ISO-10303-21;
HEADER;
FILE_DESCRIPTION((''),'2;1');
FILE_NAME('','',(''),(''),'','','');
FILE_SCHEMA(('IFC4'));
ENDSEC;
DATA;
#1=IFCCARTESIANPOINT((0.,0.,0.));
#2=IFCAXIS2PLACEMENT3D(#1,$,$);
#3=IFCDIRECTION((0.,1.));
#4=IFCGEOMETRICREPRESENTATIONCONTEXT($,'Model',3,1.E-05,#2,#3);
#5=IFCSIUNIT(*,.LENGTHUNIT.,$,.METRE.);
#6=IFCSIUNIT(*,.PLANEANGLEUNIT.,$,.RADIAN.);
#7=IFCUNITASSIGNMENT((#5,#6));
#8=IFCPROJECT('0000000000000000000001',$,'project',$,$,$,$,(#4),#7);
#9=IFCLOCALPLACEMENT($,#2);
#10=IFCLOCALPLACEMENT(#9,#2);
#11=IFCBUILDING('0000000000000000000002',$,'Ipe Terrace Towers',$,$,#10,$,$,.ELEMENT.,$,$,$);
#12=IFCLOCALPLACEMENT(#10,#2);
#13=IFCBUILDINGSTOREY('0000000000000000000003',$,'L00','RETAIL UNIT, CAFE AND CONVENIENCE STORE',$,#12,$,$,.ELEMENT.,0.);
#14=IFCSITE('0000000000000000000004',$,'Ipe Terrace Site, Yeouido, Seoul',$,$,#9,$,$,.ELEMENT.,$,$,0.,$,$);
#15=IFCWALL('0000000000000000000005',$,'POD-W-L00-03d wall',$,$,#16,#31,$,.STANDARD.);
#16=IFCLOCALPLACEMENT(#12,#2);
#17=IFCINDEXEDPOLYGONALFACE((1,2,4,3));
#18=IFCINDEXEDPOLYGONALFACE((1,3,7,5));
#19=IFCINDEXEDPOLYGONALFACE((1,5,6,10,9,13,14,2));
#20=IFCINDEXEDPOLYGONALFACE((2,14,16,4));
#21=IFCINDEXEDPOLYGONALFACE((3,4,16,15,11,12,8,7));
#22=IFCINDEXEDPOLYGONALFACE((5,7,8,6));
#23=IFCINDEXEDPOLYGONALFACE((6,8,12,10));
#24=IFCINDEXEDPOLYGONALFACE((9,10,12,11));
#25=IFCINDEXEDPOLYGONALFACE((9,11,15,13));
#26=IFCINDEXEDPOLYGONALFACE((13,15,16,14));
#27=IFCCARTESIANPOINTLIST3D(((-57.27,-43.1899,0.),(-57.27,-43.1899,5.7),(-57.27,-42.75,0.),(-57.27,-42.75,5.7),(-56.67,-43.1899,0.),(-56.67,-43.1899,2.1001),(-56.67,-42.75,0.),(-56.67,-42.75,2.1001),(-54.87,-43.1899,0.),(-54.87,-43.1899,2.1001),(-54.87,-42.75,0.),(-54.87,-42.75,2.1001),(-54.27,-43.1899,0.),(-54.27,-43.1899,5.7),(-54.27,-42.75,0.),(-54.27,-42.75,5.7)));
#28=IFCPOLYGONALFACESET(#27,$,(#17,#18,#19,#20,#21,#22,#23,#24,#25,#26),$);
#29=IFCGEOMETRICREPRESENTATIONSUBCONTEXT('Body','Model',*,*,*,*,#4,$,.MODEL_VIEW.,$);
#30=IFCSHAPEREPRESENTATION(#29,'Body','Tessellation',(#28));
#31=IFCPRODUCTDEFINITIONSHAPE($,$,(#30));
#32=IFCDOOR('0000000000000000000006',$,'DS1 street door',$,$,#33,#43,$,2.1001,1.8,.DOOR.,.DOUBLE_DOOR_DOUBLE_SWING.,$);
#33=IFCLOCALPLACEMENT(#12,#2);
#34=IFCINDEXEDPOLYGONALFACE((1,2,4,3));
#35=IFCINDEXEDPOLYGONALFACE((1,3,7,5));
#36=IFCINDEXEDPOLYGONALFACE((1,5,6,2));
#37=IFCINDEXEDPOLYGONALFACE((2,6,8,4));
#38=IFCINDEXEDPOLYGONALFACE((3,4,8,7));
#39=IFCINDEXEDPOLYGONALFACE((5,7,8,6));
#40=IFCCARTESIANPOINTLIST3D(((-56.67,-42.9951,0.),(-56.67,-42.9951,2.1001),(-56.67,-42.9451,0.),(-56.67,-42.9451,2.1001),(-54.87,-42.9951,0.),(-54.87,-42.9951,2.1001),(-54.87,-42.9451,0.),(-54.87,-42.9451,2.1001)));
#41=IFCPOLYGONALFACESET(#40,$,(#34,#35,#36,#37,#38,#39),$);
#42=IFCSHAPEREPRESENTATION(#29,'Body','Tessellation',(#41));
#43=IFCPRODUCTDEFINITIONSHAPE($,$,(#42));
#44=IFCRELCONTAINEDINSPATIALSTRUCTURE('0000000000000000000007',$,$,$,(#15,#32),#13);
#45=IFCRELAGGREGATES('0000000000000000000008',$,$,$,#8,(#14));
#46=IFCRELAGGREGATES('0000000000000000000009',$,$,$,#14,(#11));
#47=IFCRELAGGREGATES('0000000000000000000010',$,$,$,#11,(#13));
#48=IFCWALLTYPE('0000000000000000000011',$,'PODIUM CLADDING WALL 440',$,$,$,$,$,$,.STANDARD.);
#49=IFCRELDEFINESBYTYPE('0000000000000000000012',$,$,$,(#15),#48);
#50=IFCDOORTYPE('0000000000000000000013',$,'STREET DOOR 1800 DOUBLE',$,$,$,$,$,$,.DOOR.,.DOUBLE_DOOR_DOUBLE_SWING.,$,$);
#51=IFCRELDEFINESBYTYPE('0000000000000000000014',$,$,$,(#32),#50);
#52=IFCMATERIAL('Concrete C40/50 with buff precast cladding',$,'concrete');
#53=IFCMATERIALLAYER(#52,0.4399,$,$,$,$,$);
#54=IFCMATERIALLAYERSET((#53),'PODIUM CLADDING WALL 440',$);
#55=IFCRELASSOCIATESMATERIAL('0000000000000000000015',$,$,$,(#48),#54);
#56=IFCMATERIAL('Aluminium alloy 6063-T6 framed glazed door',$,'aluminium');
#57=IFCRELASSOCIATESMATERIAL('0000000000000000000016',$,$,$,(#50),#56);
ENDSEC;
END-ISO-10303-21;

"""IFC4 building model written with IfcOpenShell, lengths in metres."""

from ifc_helpers import new_model, si_unit, direction, frame, frame_2d, origin, place, context, subcontext, project, spatial, rectangle, extrude, material, layer, layer_set, type_object, element, fill, save


model = new_model("IFC4")

# Units and contexts
model_context = context("Model", 3, precision=1e-05, world=origin(), true_north=direction((0.0, 1.0)))
body_context = subcontext(model_context, "Body", "Model", "MODEL_VIEW")
ifc_project = project(units=[si_unit("LENGTHUNIT", "METRE"), si_unit("PLANEANGLEUNIT", "RADIAN")], contexts=[model_context])

# Site, building, storey
site_placement = place(None, origin())
site = spatial("IfcSite", under=ifc_project, at=site_placement, Name="Ipe Terrace Site, Yeouido, Seoul", CompositionType="ELEMENT", RefElevation=0.0)
building_placement = place(site_placement, origin())
building = spatial("IfcBuilding", under=site, at=building_placement, Name="Ipe Terrace Towers", CompositionType="ELEMENT")
storey_placement = place(building_placement, origin())
storey = spatial("IfcBuildingStorey", under=building, at=storey_placement, Name="L00", Description="RETAIL UNIT, CAFE AND CONVENIENCE STORE", CompositionType="ELEMENT", Elevation=0.0)

# Wall, opening, door
ifc_material_1 = material(Name="Concrete C40/50 with buff precast cladding", Category="concrete")
ifc_layer_1 = layer(ifc_material_1, 0.4399)
ifc_layer_set_1 = layer_set([ifc_layer_1], Name="PODIUM CLADDING WALL 440")
wall_type_1 = type_object("IfcWallType", Name="PODIUM CLADDING WALL 440", PredefinedType="STANDARD", material=ifc_layer_set_1)
wall_1_placement = place(storey_placement, frame((-57.27, -42.97, 0.0), z_axis=(0.0, 0.0, 1.0), x_axis=(1.0, 0.0, 0.0)))
wall_1 = element("IfcWall", 1, at=wall_1_placement, inside=storey, type_object=wall_type_1, Name="POD-W-L00-03d wall", PredefinedType="STANDARD", context=body_context, shape_type="SweptSolid", body=[
    extrude(rectangle(XDim=3.0, YDim=0.4399, at=frame_2d((1.5, 0.0))), origin(), (0.0, 0.0, 1.0), 5.7),
])
opening_1_placement = place(wall_1_placement, frame((0.6001, 0.0, 0.0)))
opening_1 = element("IfcOpeningElement", 2, at=opening_1_placement, cuts=wall_1, PredefinedType="OPENING", context=body_context, shape_type="SweptSolid", body=[
    extrude(rectangle(XDim=1.8, YDim=2.1001, at=frame_2d((0.8999, 1.05))), frame((0.0, 0.23, 0.0), z_axis=(0.0, -1.0, 0.0), x_axis=(1.0, 0.0, 0.0)), (0.0, 0.0, 1.0), 0.46),
])
ifc_material_2 = material(Name="Aluminium alloy 6063-T6 framed glazed door", Category="aluminium")
door_type_1 = type_object("IfcDoorType", Name="STREET DOOR 1800 DOUBLE", OperationType="DOUBLE_DOOR_DOUBLE_SWING", PredefinedType="DOOR", material=ifc_material_2)
door_1_placement = place(opening_1_placement, origin())
door_1 = element("IfcDoor", 3, at=door_1_placement, inside=storey, type_object=door_type_1, Name="DS1 street door", OperationType="DOUBLE_DOOR_DOUBLE_SWING", OverallHeight=2.1001, OverallWidth=1.8, PredefinedType="DOOR", context=body_context, shape_type="SweptSolid", body=[
    extrude(rectangle(XDim=1.8, YDim=2.1001, at=frame_2d((0.8999, 1.05))), frame((0.0, 0.0249, 0.0), z_axis=(0.0, -1.0, 0.0), x_axis=(1.0, 0.0, 0.0)), (0.0, 0.0, 1.0), 0.05),
])
fill(opening_1, door_1)

save(model, "model.ifc")
